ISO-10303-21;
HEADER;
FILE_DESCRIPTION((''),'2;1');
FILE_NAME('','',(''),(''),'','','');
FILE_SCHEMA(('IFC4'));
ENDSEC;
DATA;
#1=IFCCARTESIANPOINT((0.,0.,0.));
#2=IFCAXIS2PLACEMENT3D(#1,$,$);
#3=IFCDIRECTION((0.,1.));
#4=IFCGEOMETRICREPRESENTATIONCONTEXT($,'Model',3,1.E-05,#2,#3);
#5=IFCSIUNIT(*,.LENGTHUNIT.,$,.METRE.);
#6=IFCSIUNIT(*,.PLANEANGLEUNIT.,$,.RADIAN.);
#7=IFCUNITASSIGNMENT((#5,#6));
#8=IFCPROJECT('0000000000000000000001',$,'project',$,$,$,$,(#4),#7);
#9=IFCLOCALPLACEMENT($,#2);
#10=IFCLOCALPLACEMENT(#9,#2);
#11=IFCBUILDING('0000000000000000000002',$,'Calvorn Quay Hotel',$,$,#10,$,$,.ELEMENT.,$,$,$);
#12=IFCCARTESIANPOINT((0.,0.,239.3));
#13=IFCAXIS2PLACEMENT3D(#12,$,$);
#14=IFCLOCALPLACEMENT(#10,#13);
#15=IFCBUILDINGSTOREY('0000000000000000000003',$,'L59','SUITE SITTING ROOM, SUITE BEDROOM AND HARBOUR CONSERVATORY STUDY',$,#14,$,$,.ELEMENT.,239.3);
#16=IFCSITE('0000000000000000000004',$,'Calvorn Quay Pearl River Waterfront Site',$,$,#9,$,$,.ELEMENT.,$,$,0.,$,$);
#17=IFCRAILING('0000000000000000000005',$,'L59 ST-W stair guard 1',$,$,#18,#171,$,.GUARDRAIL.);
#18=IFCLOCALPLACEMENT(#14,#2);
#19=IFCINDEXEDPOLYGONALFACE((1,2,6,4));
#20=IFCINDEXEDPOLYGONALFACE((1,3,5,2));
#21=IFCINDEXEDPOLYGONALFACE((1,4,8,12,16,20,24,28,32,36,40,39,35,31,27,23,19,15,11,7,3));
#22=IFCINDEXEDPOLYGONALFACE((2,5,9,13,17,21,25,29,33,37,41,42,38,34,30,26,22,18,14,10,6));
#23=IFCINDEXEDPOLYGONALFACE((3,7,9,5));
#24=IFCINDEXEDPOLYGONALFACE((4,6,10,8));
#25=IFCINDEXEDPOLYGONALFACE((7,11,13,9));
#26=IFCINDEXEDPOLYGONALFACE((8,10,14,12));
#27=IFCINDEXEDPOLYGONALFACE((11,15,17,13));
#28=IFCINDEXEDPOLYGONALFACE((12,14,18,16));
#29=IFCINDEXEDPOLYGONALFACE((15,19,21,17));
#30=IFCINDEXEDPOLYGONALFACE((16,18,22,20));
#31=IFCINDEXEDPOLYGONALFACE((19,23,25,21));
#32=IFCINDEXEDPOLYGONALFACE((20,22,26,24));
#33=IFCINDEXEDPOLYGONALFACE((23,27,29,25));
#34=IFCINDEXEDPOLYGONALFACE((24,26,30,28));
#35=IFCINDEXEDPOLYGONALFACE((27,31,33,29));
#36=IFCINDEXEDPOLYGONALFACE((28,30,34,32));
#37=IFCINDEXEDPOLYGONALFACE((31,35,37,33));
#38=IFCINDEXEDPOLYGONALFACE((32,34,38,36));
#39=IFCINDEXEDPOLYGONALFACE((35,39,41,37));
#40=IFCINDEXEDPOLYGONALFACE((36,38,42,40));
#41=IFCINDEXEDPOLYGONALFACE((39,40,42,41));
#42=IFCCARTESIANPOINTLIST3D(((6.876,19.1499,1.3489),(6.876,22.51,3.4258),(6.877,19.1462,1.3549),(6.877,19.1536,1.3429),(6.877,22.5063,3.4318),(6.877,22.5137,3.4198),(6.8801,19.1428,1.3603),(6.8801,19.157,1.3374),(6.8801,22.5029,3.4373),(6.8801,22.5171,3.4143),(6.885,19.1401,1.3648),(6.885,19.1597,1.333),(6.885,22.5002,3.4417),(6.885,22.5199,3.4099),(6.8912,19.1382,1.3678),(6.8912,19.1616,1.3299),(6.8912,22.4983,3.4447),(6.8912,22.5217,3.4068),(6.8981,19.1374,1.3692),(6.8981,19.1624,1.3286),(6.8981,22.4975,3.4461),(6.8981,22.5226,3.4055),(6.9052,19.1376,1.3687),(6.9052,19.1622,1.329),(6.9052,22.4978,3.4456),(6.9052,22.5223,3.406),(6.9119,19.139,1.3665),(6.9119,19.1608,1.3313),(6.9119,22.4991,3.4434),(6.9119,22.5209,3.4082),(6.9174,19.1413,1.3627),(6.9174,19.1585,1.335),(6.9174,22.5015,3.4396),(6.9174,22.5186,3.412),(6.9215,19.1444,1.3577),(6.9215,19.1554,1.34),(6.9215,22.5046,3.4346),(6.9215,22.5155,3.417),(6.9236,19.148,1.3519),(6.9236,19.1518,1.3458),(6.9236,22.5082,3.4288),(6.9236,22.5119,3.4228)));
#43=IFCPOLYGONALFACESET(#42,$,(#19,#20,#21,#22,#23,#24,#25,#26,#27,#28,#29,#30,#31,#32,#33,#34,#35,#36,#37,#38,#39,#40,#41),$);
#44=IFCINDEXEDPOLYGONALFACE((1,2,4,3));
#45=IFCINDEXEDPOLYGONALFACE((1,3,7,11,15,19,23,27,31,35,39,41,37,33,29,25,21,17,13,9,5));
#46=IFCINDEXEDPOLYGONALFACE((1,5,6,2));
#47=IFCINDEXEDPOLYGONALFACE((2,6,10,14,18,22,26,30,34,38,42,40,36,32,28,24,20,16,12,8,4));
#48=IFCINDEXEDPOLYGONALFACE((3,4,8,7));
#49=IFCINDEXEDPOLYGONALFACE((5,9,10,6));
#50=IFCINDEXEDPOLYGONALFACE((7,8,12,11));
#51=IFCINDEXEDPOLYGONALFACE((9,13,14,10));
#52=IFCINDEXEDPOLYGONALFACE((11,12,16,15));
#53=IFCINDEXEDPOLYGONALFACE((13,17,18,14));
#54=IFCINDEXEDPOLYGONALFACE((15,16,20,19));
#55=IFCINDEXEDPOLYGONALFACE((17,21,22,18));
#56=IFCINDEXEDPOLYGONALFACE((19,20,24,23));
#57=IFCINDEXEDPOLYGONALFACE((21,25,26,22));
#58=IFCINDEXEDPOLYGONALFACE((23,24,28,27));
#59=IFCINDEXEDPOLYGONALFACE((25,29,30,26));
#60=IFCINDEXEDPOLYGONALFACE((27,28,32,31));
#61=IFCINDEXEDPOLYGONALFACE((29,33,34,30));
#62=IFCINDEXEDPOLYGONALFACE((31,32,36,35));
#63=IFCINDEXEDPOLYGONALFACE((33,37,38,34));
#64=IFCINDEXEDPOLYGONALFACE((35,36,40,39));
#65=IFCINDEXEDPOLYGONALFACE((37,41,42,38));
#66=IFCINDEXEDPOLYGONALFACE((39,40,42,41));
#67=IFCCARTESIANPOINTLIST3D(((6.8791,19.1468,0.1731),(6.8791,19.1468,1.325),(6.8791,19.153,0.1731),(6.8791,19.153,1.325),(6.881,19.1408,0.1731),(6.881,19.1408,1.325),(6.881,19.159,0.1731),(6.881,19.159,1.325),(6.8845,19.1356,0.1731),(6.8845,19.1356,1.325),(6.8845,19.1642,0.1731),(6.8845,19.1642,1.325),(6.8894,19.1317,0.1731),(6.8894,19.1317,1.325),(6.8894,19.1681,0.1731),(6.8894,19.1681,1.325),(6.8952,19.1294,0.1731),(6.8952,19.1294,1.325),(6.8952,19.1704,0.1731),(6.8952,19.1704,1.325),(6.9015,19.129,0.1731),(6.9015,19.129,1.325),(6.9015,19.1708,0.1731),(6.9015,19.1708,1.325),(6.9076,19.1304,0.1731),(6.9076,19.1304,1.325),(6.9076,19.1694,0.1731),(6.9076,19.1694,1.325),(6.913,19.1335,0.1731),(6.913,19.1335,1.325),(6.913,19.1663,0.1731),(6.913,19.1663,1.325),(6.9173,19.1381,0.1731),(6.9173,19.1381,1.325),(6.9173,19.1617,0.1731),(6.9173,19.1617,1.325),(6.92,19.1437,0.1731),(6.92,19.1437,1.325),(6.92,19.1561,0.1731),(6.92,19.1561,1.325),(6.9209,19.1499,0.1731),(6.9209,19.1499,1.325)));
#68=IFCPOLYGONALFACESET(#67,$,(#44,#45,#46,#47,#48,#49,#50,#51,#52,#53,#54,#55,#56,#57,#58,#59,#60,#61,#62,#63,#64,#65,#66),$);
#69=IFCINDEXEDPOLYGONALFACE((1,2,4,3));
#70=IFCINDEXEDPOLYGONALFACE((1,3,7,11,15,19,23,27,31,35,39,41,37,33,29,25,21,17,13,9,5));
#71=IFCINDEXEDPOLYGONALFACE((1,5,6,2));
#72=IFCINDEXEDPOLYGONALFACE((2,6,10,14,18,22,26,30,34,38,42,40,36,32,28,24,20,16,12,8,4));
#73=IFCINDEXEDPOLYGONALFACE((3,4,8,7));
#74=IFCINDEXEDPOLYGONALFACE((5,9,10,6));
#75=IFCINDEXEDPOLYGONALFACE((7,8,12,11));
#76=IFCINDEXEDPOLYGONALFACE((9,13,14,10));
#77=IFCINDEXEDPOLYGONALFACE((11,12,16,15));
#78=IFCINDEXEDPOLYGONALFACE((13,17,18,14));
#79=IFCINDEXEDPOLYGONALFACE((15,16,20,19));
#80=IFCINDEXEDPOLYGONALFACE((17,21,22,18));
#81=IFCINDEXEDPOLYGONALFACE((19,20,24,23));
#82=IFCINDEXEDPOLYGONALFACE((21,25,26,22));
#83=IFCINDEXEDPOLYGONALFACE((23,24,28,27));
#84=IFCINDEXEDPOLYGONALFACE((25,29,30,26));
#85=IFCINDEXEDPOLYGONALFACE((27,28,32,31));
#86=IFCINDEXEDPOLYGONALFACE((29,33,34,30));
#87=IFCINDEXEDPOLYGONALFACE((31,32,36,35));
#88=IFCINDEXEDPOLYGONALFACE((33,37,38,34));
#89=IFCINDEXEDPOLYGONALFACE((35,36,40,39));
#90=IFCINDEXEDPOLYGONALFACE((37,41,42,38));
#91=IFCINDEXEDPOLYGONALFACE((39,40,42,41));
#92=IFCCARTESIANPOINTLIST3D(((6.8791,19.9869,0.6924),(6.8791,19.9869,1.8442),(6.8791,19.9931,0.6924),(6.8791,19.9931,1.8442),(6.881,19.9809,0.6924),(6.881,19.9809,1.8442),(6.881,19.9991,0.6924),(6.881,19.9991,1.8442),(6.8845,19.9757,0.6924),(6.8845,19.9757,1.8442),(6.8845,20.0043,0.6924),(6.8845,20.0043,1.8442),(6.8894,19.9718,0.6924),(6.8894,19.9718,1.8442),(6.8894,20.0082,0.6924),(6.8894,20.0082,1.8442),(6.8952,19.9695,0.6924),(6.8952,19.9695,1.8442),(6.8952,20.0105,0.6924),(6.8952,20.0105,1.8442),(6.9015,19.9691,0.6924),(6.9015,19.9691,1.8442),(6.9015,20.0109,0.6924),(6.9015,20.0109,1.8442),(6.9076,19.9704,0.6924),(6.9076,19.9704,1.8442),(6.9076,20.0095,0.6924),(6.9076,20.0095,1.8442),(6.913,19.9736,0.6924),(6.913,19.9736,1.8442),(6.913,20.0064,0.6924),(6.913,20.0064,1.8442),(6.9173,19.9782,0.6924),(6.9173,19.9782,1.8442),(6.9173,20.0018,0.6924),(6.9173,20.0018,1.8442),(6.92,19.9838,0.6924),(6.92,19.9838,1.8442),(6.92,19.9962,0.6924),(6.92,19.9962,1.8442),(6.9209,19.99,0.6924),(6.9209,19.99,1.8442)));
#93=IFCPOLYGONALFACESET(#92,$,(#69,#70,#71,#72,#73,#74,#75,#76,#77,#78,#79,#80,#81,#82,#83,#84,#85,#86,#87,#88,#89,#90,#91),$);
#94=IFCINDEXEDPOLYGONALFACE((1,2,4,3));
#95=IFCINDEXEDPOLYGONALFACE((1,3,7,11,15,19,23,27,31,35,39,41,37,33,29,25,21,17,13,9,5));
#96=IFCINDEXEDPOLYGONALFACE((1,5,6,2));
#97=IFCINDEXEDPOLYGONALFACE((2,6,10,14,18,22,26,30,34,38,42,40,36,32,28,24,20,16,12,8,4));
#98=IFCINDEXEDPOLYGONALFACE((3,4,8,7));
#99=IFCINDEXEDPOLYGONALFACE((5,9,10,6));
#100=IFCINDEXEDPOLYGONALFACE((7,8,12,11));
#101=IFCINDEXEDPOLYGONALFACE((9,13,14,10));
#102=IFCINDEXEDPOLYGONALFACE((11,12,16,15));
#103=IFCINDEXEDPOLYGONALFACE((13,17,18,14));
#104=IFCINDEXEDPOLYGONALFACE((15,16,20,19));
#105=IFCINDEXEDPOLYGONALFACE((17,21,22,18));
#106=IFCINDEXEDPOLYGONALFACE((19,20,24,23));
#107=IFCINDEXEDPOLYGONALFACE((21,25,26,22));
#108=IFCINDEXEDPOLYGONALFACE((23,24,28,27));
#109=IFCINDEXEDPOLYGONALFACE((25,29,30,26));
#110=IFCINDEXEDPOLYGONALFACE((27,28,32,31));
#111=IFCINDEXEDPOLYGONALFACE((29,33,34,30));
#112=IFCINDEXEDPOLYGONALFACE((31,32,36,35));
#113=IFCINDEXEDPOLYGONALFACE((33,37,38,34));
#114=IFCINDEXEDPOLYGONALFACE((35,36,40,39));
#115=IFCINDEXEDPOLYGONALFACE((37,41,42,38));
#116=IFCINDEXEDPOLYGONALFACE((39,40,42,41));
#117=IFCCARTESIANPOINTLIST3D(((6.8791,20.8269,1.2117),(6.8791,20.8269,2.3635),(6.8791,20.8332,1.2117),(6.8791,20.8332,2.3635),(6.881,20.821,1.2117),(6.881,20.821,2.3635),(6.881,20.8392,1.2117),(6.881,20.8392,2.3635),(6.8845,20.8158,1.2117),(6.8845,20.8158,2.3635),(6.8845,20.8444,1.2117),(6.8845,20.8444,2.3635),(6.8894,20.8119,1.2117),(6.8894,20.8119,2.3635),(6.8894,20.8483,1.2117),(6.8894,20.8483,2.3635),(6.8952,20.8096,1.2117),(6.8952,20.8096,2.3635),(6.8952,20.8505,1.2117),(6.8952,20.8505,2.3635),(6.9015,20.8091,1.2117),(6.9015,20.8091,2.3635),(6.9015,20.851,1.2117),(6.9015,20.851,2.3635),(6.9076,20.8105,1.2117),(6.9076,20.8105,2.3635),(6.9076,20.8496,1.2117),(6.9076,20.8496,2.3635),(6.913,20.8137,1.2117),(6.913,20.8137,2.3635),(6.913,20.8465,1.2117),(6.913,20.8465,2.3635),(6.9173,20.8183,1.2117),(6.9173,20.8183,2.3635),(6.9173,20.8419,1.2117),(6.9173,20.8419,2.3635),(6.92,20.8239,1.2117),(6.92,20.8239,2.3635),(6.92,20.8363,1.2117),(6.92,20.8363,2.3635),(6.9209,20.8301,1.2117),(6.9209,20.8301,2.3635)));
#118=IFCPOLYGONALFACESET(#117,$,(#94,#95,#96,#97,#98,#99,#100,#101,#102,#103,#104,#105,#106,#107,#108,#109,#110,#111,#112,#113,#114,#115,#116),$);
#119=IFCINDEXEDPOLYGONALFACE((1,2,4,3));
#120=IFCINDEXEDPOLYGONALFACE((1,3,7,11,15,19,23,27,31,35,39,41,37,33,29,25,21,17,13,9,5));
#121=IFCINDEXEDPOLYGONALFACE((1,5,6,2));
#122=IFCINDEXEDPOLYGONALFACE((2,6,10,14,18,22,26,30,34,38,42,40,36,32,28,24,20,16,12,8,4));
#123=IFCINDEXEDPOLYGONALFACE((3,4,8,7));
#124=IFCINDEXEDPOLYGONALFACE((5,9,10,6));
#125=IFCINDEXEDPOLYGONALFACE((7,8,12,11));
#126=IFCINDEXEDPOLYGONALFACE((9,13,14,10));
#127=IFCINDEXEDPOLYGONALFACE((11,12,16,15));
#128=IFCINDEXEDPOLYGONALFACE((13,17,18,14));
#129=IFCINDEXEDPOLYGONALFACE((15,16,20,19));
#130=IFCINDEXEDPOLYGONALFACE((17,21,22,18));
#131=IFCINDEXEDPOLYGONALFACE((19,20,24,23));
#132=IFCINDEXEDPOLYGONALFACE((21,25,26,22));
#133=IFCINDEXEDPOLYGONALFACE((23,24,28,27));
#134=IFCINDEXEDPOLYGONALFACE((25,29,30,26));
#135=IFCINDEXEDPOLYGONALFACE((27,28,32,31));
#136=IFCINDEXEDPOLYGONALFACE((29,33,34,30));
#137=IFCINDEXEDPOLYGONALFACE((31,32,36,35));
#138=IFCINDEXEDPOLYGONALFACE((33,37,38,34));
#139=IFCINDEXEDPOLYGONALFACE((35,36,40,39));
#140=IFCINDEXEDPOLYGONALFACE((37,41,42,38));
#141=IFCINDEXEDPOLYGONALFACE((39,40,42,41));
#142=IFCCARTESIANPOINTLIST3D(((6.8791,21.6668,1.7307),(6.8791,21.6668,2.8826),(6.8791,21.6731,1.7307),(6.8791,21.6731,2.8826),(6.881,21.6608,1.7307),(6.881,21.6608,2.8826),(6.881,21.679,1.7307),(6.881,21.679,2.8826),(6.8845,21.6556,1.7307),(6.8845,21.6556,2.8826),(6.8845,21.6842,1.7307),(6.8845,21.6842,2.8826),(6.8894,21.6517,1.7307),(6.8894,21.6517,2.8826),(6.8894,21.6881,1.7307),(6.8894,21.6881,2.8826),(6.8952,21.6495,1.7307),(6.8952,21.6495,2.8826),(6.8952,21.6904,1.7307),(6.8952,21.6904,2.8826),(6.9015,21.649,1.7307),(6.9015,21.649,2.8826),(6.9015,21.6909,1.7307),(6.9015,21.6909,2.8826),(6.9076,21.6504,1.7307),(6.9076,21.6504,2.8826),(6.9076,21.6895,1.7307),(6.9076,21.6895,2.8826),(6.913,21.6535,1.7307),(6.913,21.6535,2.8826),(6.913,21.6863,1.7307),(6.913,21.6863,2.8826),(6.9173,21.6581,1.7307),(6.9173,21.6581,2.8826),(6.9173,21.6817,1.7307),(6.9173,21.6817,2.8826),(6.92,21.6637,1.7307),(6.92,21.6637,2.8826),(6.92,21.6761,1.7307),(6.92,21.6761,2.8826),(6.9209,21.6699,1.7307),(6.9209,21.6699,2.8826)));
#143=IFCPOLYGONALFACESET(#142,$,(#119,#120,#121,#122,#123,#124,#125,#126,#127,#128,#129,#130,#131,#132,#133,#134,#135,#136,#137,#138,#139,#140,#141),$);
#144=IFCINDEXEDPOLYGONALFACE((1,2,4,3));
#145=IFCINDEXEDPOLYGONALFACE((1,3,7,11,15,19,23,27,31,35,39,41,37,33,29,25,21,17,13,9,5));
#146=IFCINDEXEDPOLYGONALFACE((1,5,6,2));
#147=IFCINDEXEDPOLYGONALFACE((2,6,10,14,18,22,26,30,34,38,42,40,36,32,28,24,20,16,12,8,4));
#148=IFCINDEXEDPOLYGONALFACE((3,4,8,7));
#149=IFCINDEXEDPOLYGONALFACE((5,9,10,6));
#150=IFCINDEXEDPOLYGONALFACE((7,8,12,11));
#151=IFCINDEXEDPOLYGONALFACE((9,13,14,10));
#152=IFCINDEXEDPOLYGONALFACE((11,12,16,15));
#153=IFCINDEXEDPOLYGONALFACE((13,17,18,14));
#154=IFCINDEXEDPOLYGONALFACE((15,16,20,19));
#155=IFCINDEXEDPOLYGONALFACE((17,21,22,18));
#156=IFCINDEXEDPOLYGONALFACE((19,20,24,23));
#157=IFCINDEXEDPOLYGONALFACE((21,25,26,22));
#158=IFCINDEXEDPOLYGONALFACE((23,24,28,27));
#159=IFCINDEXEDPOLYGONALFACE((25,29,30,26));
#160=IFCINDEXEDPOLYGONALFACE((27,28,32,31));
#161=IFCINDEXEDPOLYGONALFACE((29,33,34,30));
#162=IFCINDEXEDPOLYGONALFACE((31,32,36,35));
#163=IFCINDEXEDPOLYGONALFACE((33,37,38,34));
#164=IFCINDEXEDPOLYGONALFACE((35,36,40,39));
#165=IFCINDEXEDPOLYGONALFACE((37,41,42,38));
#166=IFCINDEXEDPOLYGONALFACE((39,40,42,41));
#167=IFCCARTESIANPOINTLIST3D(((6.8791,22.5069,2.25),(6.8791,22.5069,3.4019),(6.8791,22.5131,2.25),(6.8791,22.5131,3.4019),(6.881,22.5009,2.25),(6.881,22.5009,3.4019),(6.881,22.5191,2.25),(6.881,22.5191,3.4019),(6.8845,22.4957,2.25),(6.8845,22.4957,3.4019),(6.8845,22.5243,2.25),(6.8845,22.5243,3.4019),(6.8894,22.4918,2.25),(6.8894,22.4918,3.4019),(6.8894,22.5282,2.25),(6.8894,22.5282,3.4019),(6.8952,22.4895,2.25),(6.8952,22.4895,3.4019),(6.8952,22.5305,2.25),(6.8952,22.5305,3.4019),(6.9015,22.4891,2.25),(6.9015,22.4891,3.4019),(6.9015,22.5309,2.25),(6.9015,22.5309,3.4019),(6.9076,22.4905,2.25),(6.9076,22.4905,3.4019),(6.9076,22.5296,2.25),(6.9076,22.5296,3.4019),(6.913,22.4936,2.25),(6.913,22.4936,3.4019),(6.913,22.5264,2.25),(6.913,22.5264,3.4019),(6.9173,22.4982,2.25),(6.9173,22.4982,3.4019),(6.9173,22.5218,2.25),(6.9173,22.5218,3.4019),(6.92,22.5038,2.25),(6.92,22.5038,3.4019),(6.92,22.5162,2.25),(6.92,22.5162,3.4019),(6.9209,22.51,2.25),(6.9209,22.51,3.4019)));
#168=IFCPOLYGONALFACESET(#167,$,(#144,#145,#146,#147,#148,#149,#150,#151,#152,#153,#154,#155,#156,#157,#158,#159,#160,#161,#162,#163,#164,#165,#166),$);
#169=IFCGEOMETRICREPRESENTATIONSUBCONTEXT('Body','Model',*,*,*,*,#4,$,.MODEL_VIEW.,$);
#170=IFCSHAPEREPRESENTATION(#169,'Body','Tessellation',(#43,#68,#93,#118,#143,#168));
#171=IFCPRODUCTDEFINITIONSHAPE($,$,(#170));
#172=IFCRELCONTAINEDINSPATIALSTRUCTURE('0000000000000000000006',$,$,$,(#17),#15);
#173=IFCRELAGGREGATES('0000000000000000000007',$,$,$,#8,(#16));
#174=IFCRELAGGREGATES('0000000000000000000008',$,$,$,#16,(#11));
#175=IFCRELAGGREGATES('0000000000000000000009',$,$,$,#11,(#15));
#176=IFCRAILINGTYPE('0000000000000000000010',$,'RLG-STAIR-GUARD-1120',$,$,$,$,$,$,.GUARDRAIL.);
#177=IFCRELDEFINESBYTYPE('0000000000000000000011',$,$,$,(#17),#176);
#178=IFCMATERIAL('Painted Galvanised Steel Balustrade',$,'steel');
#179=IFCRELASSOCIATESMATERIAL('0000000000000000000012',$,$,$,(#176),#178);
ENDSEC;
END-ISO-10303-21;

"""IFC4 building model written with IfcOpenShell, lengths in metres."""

from ifc_helpers import new_model, si_unit, direction, frame, origin, origin_2d, place, context, subcontext, project, spatial, circle, extrude, material, type_object, element, save


model = new_model("IFC4")

# Units and contexts
model_context = context("Model", 3, precision=1e-05, world=origin(), true_north=direction((0.0, 1.0)))
body_context = subcontext(model_context, "Body", "Model", "MODEL_VIEW")
ifc_project = project(units=[si_unit("LENGTHUNIT", "METRE"), si_unit("PLANEANGLEUNIT", "RADIAN")], contexts=[model_context])

# Site, building, storey
site_placement = place(None, origin())
site = spatial("IfcSite", under=ifc_project, at=site_placement, Name="Calvorn Quay Pearl River Waterfront Site", CompositionType="ELEMENT", RefElevation=0.0)
building_placement = place(site_placement, origin())
building = spatial("IfcBuilding", under=site, at=building_placement, Name="Calvorn Quay Hotel", CompositionType="ELEMENT")
storey_placement = place(building_placement, frame((0.0, 0.0, 239.3)))
storey = spatial("IfcBuildingStorey", under=building, at=storey_placement, Name="L59", Description="SUITE SITTING ROOM, SUITE BEDROOM AND HARBOUR CONSERVATORY STUDY", CompositionType="ELEMENT", Elevation=239.3)

# Railing
ifc_material_1 = material(Name="Painted Galvanised Steel Balustrade", Category="steel")
railing_type_1 = type_object("IfcRailingType", Name="RLG-STAIR-GUARD-1120", PredefinedType="GUARDRAIL", material=ifc_material_1)
railing_1_placement = place(storey_placement, frame((6.8999, 19.1499, 0.1731)))
element("IfcRailing", 1, at=railing_1_placement, inside=storey, type_object=railing_type_1, Name="L59 ST-W stair guard 1", PredefinedType="GUARDRAIL", context=body_context, shape_type="SweptSolid", body=[
    extrude(circle(Radius=0.0239, at=origin_2d()), frame((0.0, 0.0, 1.1758), z_axis=(0.0, 0.850623, 0.525776), x_axis=(-1.0, 0.0, 0.0)), (0.0, 0.0, 1.0), 3.9502),
    extrude(circle(Radius=0.021, at=origin_2d()), origin(), (0.0, 0.0, 1.0), 1.1519),
    extrude(circle(Radius=0.021, at=origin_2d()), frame((0.0, 0.8401, 0.5193)), (0.0, 0.0, 1.0), 1.1519),
    extrude(circle(Radius=0.021, at=origin_2d()), frame((0.0, 1.6802, 1.0386)), (0.0, 0.0, 1.0), 1.1519),
    extrude(circle(Radius=0.021, at=origin_2d()), frame((0.0, 2.52, 1.5576)), (0.0, 0.0, 1.0), 1.1519),
    extrude(circle(Radius=0.021, at=origin_2d()), frame((0.0, 3.3601, 2.0769)), (0.0, 0.0, 1.0), 1.1519),
])

save(model, "model.ifc")
